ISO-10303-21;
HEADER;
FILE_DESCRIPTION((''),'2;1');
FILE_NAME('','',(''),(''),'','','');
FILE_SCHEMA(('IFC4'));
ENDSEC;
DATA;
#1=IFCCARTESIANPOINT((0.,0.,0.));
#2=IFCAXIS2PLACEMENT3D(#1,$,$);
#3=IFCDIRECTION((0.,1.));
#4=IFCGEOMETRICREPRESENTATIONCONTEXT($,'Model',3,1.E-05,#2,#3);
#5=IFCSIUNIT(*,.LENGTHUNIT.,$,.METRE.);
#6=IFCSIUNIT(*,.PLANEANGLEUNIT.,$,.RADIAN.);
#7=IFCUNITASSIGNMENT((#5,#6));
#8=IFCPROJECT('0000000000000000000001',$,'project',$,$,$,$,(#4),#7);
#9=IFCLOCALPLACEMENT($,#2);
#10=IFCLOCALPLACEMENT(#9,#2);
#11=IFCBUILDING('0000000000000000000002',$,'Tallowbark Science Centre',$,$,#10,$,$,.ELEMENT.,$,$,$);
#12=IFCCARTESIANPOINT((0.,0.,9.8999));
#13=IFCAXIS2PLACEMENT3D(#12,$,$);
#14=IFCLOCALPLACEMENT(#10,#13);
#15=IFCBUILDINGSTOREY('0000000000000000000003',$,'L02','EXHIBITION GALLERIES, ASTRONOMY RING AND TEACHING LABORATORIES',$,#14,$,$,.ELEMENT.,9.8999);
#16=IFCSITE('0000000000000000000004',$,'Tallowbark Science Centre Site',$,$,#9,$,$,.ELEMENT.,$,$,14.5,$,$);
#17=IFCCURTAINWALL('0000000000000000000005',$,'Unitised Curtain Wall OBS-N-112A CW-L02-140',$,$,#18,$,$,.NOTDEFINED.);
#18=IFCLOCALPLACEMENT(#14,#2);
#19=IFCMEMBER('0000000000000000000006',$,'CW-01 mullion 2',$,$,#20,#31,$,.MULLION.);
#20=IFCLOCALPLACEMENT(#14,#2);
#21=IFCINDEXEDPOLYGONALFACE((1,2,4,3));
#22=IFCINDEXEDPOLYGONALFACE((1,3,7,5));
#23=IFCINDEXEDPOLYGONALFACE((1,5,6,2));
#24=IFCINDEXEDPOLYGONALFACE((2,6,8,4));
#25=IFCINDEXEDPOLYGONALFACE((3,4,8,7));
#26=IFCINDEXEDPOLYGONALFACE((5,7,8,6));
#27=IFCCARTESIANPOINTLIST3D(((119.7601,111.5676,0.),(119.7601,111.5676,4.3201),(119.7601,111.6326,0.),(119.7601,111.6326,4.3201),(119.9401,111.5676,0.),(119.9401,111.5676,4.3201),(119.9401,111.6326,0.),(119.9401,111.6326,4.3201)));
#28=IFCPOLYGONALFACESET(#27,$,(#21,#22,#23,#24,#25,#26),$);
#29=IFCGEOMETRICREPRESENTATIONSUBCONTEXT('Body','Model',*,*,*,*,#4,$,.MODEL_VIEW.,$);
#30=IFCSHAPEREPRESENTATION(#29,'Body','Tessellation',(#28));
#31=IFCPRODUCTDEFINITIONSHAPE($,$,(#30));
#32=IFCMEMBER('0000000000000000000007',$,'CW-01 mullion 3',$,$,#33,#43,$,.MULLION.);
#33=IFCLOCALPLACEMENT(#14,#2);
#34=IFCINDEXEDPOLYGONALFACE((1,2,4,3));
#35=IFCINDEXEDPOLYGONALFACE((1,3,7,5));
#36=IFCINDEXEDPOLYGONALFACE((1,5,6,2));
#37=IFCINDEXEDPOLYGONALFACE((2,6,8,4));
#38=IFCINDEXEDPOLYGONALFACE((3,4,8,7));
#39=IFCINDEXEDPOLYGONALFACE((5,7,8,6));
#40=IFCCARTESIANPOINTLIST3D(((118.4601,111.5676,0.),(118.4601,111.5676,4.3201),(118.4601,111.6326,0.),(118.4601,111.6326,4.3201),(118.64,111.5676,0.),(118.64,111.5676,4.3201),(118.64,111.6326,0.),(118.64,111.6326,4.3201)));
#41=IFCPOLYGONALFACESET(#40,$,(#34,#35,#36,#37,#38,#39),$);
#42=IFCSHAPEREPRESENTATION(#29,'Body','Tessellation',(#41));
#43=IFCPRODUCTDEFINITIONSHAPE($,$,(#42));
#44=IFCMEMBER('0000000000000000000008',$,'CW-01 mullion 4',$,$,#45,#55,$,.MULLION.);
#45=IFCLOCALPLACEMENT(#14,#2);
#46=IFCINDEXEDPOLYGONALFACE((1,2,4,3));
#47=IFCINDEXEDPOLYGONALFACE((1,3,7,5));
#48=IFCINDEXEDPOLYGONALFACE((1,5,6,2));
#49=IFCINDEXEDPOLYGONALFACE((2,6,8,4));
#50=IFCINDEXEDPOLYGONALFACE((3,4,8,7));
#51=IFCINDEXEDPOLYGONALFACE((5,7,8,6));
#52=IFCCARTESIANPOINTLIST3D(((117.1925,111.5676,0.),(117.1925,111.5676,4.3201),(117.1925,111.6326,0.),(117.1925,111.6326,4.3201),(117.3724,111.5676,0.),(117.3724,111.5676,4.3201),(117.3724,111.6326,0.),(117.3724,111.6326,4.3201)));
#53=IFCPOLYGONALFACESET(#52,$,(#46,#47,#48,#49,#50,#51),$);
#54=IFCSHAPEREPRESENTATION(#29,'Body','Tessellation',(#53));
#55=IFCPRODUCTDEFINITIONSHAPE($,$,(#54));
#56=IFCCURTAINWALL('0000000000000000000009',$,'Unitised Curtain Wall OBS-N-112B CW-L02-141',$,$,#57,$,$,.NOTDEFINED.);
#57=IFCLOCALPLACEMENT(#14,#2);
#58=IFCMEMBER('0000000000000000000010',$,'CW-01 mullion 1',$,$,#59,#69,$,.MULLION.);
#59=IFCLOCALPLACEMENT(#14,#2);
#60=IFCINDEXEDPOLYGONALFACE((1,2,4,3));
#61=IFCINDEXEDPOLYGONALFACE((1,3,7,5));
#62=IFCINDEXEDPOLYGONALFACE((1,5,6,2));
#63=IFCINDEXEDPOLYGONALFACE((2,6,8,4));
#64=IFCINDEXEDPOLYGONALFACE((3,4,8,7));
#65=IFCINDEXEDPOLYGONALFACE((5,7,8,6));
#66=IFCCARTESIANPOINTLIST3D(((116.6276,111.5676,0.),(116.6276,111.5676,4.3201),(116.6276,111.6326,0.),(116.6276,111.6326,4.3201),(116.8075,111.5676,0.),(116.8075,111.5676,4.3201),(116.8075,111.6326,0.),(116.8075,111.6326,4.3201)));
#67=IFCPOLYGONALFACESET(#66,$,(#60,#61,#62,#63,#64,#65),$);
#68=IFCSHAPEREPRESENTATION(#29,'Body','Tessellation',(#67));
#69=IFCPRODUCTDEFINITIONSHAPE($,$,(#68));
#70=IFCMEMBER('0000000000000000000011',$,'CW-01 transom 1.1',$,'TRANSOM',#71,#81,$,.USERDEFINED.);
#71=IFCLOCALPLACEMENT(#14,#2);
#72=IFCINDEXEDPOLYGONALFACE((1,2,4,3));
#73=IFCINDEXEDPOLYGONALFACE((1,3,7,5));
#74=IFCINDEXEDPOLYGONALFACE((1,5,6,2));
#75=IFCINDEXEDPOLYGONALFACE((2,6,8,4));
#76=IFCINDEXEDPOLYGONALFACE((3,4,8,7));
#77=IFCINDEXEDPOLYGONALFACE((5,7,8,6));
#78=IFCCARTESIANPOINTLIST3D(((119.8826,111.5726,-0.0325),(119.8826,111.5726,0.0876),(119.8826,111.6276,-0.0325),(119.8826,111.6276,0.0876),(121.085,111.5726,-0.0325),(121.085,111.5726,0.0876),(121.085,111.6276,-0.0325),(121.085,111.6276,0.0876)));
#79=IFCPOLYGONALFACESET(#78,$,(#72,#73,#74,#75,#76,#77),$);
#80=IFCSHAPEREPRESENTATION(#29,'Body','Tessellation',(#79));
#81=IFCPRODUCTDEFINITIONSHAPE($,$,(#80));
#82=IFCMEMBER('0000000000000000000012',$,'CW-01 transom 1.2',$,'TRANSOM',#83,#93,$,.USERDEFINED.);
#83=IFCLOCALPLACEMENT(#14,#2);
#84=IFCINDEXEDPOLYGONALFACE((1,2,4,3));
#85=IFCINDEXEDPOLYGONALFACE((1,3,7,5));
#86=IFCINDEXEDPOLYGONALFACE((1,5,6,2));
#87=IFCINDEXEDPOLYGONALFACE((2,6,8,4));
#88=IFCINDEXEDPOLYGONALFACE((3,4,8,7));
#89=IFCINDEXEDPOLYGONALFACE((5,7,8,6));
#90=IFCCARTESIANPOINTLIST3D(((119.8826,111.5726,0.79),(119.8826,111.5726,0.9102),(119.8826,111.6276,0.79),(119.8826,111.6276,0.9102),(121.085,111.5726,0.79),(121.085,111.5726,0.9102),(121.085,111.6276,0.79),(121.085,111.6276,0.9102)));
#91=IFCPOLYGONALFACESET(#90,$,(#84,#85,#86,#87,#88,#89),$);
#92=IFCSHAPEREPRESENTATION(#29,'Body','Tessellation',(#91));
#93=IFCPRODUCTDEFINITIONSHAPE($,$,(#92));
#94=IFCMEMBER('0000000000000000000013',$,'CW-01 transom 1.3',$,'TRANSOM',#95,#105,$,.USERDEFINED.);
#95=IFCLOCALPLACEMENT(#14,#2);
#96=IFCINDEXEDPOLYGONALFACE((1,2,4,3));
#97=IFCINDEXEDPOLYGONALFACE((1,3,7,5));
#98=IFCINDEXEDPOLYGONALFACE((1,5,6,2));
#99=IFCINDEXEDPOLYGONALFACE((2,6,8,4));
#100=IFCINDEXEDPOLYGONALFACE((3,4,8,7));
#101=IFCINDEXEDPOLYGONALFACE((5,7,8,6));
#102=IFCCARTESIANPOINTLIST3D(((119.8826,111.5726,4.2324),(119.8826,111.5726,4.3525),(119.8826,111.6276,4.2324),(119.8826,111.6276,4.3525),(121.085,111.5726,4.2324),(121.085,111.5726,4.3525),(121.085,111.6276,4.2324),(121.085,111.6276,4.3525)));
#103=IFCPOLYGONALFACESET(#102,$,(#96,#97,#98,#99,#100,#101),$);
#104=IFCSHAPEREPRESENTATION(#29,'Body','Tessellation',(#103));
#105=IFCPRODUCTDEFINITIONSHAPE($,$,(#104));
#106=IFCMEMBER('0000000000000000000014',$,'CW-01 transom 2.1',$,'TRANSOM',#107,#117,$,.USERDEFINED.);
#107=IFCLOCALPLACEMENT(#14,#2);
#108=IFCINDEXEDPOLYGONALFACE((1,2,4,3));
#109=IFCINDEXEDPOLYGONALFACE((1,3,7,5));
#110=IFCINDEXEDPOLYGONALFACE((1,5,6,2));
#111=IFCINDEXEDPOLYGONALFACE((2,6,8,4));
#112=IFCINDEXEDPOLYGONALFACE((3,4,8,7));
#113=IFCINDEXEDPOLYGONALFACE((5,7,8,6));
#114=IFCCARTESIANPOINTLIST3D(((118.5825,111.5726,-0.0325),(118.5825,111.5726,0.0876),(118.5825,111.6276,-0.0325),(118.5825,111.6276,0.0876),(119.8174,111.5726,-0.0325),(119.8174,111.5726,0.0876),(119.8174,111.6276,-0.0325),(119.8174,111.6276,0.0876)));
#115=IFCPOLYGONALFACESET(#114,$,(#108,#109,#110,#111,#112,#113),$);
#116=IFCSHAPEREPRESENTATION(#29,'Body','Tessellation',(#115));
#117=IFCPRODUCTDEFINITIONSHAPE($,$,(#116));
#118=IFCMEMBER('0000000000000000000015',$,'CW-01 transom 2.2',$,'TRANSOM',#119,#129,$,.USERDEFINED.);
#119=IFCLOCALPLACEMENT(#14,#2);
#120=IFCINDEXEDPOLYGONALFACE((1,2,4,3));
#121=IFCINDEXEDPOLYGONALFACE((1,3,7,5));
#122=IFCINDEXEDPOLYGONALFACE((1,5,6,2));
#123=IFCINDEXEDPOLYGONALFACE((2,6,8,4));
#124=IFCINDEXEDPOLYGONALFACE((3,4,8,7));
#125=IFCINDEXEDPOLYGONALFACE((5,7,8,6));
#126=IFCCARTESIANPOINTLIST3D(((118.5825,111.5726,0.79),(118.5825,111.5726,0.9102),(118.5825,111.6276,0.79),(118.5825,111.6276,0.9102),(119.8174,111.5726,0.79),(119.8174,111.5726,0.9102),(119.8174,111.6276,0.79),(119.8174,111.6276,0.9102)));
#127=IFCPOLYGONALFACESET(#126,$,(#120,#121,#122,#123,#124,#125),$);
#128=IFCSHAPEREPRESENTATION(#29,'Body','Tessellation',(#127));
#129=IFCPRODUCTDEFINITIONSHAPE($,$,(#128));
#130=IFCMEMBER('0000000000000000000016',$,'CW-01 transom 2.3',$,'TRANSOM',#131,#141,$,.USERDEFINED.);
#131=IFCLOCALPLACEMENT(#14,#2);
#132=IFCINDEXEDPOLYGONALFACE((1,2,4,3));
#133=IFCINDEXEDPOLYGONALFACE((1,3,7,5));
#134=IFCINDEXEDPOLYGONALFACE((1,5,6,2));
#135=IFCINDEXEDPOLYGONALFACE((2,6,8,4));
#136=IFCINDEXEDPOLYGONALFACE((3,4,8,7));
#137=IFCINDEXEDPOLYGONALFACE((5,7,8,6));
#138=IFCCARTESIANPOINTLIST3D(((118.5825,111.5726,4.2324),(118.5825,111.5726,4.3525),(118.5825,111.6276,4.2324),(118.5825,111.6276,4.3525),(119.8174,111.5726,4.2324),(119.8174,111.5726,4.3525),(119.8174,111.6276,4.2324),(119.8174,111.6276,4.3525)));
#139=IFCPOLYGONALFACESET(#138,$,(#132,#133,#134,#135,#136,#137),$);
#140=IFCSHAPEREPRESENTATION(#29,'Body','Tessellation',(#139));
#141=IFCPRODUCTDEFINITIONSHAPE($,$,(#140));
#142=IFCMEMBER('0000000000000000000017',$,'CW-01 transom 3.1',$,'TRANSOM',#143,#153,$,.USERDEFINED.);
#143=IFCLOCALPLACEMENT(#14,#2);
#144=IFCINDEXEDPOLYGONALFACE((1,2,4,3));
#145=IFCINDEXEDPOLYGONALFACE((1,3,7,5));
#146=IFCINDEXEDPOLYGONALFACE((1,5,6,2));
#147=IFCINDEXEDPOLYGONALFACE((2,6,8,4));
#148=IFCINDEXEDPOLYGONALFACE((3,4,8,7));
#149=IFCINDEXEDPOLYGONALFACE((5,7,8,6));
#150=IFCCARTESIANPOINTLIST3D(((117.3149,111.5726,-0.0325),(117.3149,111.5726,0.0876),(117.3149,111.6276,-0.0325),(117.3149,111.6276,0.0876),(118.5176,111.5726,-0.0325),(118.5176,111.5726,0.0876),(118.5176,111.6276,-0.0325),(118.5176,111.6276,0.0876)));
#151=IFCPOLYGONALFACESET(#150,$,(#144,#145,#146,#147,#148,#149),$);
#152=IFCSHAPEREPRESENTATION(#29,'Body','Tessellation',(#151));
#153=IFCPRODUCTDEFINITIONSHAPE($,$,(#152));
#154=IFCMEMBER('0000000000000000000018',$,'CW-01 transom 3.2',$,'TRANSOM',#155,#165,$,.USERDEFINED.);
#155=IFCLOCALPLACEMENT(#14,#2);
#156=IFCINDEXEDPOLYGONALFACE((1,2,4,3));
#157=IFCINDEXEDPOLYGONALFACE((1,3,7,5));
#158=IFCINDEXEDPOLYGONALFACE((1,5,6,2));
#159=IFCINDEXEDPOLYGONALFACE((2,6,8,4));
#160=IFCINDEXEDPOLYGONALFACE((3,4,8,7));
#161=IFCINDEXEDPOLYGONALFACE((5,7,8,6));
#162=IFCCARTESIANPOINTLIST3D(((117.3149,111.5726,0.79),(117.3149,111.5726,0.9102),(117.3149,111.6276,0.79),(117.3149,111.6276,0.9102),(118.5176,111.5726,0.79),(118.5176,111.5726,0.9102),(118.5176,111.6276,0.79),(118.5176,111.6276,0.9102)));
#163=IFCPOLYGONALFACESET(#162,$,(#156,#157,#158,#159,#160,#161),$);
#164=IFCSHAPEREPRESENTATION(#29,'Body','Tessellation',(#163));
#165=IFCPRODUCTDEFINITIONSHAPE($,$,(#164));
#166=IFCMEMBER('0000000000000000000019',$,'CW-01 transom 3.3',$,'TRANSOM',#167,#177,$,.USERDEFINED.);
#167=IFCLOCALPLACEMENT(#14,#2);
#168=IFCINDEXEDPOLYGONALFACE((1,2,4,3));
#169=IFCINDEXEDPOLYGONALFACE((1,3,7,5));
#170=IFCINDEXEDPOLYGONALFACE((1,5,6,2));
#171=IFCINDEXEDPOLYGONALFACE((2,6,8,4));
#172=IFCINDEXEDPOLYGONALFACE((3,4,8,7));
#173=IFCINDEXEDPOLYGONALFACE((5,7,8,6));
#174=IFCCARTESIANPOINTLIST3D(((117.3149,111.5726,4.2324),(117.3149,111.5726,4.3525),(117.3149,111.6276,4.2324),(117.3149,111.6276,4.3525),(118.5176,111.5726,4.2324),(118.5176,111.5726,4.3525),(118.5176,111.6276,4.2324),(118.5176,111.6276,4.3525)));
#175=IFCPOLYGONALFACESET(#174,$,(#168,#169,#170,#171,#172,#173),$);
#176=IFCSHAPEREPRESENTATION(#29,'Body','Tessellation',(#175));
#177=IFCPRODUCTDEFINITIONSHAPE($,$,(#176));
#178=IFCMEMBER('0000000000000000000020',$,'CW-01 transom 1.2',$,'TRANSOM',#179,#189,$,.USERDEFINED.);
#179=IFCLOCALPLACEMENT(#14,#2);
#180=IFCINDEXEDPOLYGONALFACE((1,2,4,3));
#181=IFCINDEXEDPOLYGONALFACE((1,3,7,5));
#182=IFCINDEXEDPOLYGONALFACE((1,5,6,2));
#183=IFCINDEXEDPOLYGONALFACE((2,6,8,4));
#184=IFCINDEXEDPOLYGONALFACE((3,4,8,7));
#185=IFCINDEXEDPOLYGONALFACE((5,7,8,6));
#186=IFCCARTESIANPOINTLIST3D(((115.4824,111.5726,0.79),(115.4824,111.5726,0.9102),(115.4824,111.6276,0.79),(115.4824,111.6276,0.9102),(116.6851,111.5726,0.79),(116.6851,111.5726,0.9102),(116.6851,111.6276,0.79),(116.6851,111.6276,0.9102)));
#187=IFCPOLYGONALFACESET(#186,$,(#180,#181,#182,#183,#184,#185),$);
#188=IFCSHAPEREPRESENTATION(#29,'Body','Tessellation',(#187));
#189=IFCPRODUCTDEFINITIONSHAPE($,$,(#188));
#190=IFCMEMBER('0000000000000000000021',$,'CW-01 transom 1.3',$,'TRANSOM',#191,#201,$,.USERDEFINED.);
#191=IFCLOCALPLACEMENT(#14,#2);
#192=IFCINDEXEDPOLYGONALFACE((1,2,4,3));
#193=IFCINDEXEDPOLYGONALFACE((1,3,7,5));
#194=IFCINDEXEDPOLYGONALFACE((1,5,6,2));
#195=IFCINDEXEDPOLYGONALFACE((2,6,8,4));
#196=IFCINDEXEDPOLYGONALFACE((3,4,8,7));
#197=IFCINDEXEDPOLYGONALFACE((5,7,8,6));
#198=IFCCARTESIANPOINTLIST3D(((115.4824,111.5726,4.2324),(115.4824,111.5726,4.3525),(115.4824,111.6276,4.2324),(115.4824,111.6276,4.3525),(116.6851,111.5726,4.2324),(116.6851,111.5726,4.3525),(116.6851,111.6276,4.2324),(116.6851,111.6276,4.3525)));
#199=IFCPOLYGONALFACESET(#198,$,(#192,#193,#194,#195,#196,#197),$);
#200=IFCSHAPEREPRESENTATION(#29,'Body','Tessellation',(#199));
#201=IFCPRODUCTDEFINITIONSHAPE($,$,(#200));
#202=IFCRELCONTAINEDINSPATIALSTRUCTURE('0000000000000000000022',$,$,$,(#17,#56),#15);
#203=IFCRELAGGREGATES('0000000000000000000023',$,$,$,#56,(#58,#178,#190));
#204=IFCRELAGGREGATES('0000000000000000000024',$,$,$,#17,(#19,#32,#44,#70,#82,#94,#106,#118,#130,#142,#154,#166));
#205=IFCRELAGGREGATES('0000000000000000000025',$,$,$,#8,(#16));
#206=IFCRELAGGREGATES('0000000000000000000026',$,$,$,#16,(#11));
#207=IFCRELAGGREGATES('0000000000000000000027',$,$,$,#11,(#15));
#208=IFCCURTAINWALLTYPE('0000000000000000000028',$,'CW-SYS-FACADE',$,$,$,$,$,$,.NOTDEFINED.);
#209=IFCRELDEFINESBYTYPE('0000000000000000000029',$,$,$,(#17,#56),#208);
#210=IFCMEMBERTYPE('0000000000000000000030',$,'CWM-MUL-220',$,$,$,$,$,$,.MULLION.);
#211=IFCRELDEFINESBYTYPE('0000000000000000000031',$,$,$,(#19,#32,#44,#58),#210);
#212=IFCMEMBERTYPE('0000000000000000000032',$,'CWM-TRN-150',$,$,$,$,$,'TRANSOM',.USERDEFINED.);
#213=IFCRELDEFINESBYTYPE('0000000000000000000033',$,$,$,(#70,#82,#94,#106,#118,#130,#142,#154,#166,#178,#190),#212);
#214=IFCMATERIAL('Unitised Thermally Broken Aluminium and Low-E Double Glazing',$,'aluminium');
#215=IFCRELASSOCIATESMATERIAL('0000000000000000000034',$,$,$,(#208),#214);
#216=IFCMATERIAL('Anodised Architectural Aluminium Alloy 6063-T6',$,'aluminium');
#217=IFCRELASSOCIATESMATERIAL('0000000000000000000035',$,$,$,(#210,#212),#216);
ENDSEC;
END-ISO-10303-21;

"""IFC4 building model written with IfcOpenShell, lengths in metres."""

from ifc_helpers import new_model, si_unit, direction, frame, origin, origin_2d, place, context, subcontext, project, spatial, rectangle, extrude, material, material_profile, profile_set, type_object, element, aggregate, save


model = new_model("IFC4")

# Units and contexts
model_context = context("Model", 3, precision=1e-05, world=origin(), true_north=direction((0.0, 1.0)))
body_context = subcontext(model_context, "Body", "Model", "MODEL_VIEW")
ifc_project = project(units=[si_unit("LENGTHUNIT", "METRE"), si_unit("PLANEANGLEUNIT", "RADIAN")], contexts=[model_context])

# Site, building, storey
site_placement = place(None, origin())
site = spatial("IfcSite", under=ifc_project, at=site_placement, Name="Tallowbark Science Centre Site", CompositionType="ELEMENT", RefElevation=14.5)
building_placement = place(site_placement, origin())
building = spatial("IfcBuilding", under=site, at=building_placement, Name="Tallowbark Science Centre", CompositionType="ELEMENT")
storey_placement = place(building_placement, frame((0.0, 0.0, 9.8999)))
storey = spatial("IfcBuildingStorey", under=building, at=storey_placement, Name="L02", Description="EXHIBITION GALLERIES, ASTRONOMY RING AND TEACHING LABORATORIES", CompositionType="ELEMENT", Elevation=9.8999)

# Curtain wall, members
ifc_material_1 = material(Name="Unitised Thermally Broken Aluminium and Low-E Double Glazing", Category="aluminium")
curtain_wall_type = type_object("IfcCurtainWallType", Name="CW-SYS-FACADE", PredefinedType="NOTDEFINED", material=ifc_material_1)
curtain_wall_1_placement = place(storey_placement, origin())
curtain_wall_1 = element("IfcCurtainWall", 1, at=curtain_wall_1_placement, inside=storey, type_object=curtain_wall_type, Name="Unitised Curtain Wall OBS-N-112A CW-L02-140", PredefinedType="NOTDEFINED")
ifc_material_2 = material(Name="Anodised Architectural Aluminium Alloy 6063-T6", Category="aluminium")
ifc_material_profile_1 = material_profile(ifc_material_2, rectangle(XDim=0.0649, YDim=0.1799, at=origin_2d()), Name="ALU65x180")
ifc_profile_set_1 = profile_set([ifc_material_profile_1], Name="Anodised Architectural Aluminium Alloy 6063-T6")
member_type_1 = type_object("IfcMemberType", Name="CWM-MUL-220", PredefinedType="MULLION", material=ifc_profile_set_1)
member_1_placement = place(storey_placement, frame((119.8501, 111.6001, 0.0), z_axis=(0.0, 0.0, 1.0), x_axis=(0.0, -1.0, 0.0)))
member_1 = element("IfcMember", 2, at=member_1_placement, type_object=member_type_1, Name="CW-01 mullion 2", PredefinedType="MULLION", context=body_context, shape_type="SweptSolid", body=[
    extrude(rectangle(XDim=0.0649, YDim=0.1799, at=origin_2d()), origin(), (0.0, 0.0, 1.0), 4.3201),
])
member_2_placement = place(storey_placement, frame((118.55, 111.6001, 0.0), z_axis=(0.0, 0.0, 1.0), x_axis=(0.0, -1.0, 0.0)))
member_2 = element("IfcMember", 3, at=member_2_placement, type_object=member_type_1, Name="CW-01 mullion 3", PredefinedType="MULLION", context=body_context, shape_type="SweptSolid", body=[
    extrude(rectangle(XDim=0.0649, YDim=0.1799, at=origin_2d()), origin(), (0.0, 0.0, 1.0), 4.3201),
])
member_3_placement = place(storey_placement, frame((117.2825, 111.6001, 0.0), z_axis=(0.0, 0.0, 1.0), x_axis=(0.0, -1.0, 0.0)))
member_3 = element("IfcMember", 4, at=member_3_placement, type_object=member_type_1, Name="CW-01 mullion 4", PredefinedType="MULLION", context=body_context, shape_type="SweptSolid", body=[
    extrude(rectangle(XDim=0.0649, YDim=0.1799, at=origin_2d()), origin(), (0.0, 0.0, 1.0), 4.3201),
])

# Curtain wall, member
curtain_wall_2_placement = place(storey_placement, origin())
curtain_wall_2 = element("IfcCurtainWall", 5, at=curtain_wall_2_placement, inside=storey, type_object=curtain_wall_type, Name="Unitised Curtain Wall OBS-N-112B CW-L02-141", PredefinedType="NOTDEFINED")
member_4_placement = place(storey_placement, frame((116.7175, 111.6001, 0.0), z_axis=(0.0, 0.0, 1.0), x_axis=(0.0, -1.0, 0.0)))
member_4 = element("IfcMember", 6, at=member_4_placement, type_object=member_type_1, Name="CW-01 mullion 1", PredefinedType="MULLION", context=body_context, shape_type="SweptSolid", body=[
    extrude(rectangle(XDim=0.0649, YDim=0.1799, at=origin_2d()), origin(), (0.0, 0.0, 1.0), 4.3201),
])

# Members
ifc_material_profile_2 = material_profile(ifc_material_2, rectangle(XDim=0.0549, YDim=0.1201, at=origin_2d()), Name="ALU55x120")
ifc_profile_set_2 = profile_set([ifc_material_profile_2], Name="Anodised Architectural Aluminium Alloy 6063-T6")
member_type_2 = type_object("IfcMemberType", Name="CWM-TRN-150", ElementType="TRANSOM", PredefinedType="USERDEFINED", material=ifc_profile_set_2)
member_5_placement = place(storey_placement, frame((121.085, 111.6001, 0.0276), z_axis=(-1.0, 0.0, 0.0), x_axis=(0.0, -1.0, 0.0)))
member_5 = element("IfcMember", 7, at=member_5_placement, type_object=member_type_2, Name="CW-01 transom 1.1", ObjectType="TRANSOM", PredefinedType="USERDEFINED", context=body_context, shape_type="SweptSolid", body=[
    extrude(rectangle(XDim=0.0549, YDim=0.1201, at=origin_2d()), origin(), (0.0, 0.0, 1.0), 1.2024),
])
member_6_placement = place(storey_placement, frame((121.085, 111.6001, 0.8501), z_axis=(-1.0, 0.0, 0.0), x_axis=(0.0, -1.0, 0.0)))
member_6 = element("IfcMember", 8, at=member_6_placement, type_object=member_type_2, Name="CW-01 transom 1.2", ObjectType="TRANSOM", PredefinedType="USERDEFINED", context=body_context, shape_type="SweptSolid", body=[
    extrude(rectangle(XDim=0.0549, YDim=0.1201, at=origin_2d()), origin(), (0.0, 0.0, 1.0), 1.2024),
])
member_7_placement = place(storey_placement, frame((121.085, 111.6001, 4.2925), z_axis=(-1.0, 0.0, 0.0), x_axis=(0.0, -1.0, 0.0)))
member_7 = element("IfcMember", 9, at=member_7_placement, type_object=member_type_2, Name="CW-01 transom 1.3", ObjectType="TRANSOM", PredefinedType="USERDEFINED", context=body_context, shape_type="SweptSolid", body=[
    extrude(rectangle(XDim=0.0549, YDim=0.1201, at=origin_2d()), origin(), (0.0, 0.0, 1.0), 1.2024),
])
member_8_placement = place(storey_placement, frame((119.8174, 111.6001, 0.0276), z_axis=(-1.0, 0.0, 0.0), x_axis=(0.0, -1.0, 0.0)))
member_8 = element("IfcMember", 10, at=member_8_placement, type_object=member_type_2, Name="CW-01 transom 2.1", ObjectType="TRANSOM", PredefinedType="USERDEFINED", context=body_context, shape_type="SweptSolid", body=[
    extrude(rectangle(XDim=0.0549, YDim=0.1201, at=origin_2d()), origin(), (0.0, 0.0, 1.0), 1.2349),
])
member_9_placement = place(storey_placement, frame((119.8174, 111.6001, 0.8501), z_axis=(-1.0, 0.0, 0.0), x_axis=(0.0, -1.0, 0.0)))
member_9 = element("IfcMember", 11, at=member_9_placement, type_object=member_type_2, Name="CW-01 transom 2.2", ObjectType="TRANSOM", PredefinedType="USERDEFINED", context=body_context, shape_type="SweptSolid", body=[
    extrude(rectangle(XDim=0.0549, YDim=0.1201, at=origin_2d()), origin(), (0.0, 0.0, 1.0), 1.2349),
])
member_10_placement = place(storey_placement, frame((119.8174, 111.6001, 4.2925), z_axis=(-1.0, 0.0, 0.0), x_axis=(0.0, -1.0, 0.0)))
member_10 = element("IfcMember", 12, at=member_10_placement, type_object=member_type_2, Name="CW-01 transom 2.3", ObjectType="TRANSOM", PredefinedType="USERDEFINED", context=body_context, shape_type="SweptSolid", body=[
    extrude(rectangle(XDim=0.0549, YDim=0.1201, at=origin_2d()), origin(), (0.0, 0.0, 1.0), 1.2349),
])
member_11_placement = place(storey_placement, frame((118.5176, 111.6001, 0.0276), z_axis=(-1.0, 0.0, 0.0), x_axis=(0.0, -1.0, 0.0)))
member_11 = element("IfcMember", 13, at=member_11_placement, type_object=member_type_2, Name="CW-01 transom 3.1", ObjectType="TRANSOM", PredefinedType="USERDEFINED", context=body_context, shape_type="SweptSolid", body=[
    extrude(rectangle(XDim=0.0549, YDim=0.1201, at=origin_2d()), origin(), (0.0, 0.0, 1.0), 1.2026),
])
member_12_placement = place(storey_placement, frame((118.5176, 111.6001, 0.8501), z_axis=(-1.0, 0.0, 0.0), x_axis=(0.0, -1.0, 0.0)))
member_12 = element("IfcMember", 14, at=member_12_placement, type_object=member_type_2, Name="CW-01 transom 3.2", ObjectType="TRANSOM", PredefinedType="USERDEFINED", context=body_context, shape_type="SweptSolid", body=[
    extrude(rectangle(XDim=0.0549, YDim=0.1201, at=origin_2d()), origin(), (0.0, 0.0, 1.0), 1.2026),
])
member_13_placement = place(storey_placement, frame((118.5176, 111.6001, 4.2925), z_axis=(-1.0, 0.0, 0.0), x_axis=(0.0, -1.0, 0.0)))
member_13 = element("IfcMember", 15, at=member_13_placement, type_object=member_type_2, Name="CW-01 transom 3.3", ObjectType="TRANSOM", PredefinedType="USERDEFINED", context=body_context, shape_type="SweptSolid", body=[
    extrude(rectangle(XDim=0.0549, YDim=0.1201, at=origin_2d()), origin(), (0.0, 0.0, 1.0), 1.2026),
])
member_14_placement = place(storey_placement, frame((116.6851, 111.6001, 0.8501), z_axis=(-1.0, 0.0, 0.0), x_axis=(0.0, -1.0, 0.0)))
member_14 = element("IfcMember", 16, at=member_14_placement, type_object=member_type_2, Name="CW-01 transom 1.2", ObjectType="TRANSOM", PredefinedType="USERDEFINED", context=body_context, shape_type="SweptSolid", body=[
    extrude(rectangle(XDim=0.0549, YDim=0.1201, at=origin_2d()), origin(), (0.0, 0.0, 1.0), 1.2026),
])
member_15_placement = place(storey_placement, frame((116.6851, 111.6001, 4.2925), z_axis=(-1.0, 0.0, 0.0), x_axis=(0.0, -1.0, 0.0)))
member_15 = element("IfcMember", 17, at=member_15_placement, type_object=member_type_2, Name="CW-01 transom 1.3", ObjectType="TRANSOM", PredefinedType="USERDEFINED", context=body_context, shape_type="SweptSolid", body=[
    extrude(rectangle(XDim=0.0549, YDim=0.1201, at=origin_2d()), origin(), (0.0, 0.0, 1.0), 1.2026),
])
aggregate(curtain_wall_2, [member_4, member_14, member_15])

aggregate(curtain_wall_1, [member_1, member_2, member_3, member_5, member_6, member_7, member_8, member_9, member_10, member_11, member_12, member_13])

save(model, "model.ifc")
